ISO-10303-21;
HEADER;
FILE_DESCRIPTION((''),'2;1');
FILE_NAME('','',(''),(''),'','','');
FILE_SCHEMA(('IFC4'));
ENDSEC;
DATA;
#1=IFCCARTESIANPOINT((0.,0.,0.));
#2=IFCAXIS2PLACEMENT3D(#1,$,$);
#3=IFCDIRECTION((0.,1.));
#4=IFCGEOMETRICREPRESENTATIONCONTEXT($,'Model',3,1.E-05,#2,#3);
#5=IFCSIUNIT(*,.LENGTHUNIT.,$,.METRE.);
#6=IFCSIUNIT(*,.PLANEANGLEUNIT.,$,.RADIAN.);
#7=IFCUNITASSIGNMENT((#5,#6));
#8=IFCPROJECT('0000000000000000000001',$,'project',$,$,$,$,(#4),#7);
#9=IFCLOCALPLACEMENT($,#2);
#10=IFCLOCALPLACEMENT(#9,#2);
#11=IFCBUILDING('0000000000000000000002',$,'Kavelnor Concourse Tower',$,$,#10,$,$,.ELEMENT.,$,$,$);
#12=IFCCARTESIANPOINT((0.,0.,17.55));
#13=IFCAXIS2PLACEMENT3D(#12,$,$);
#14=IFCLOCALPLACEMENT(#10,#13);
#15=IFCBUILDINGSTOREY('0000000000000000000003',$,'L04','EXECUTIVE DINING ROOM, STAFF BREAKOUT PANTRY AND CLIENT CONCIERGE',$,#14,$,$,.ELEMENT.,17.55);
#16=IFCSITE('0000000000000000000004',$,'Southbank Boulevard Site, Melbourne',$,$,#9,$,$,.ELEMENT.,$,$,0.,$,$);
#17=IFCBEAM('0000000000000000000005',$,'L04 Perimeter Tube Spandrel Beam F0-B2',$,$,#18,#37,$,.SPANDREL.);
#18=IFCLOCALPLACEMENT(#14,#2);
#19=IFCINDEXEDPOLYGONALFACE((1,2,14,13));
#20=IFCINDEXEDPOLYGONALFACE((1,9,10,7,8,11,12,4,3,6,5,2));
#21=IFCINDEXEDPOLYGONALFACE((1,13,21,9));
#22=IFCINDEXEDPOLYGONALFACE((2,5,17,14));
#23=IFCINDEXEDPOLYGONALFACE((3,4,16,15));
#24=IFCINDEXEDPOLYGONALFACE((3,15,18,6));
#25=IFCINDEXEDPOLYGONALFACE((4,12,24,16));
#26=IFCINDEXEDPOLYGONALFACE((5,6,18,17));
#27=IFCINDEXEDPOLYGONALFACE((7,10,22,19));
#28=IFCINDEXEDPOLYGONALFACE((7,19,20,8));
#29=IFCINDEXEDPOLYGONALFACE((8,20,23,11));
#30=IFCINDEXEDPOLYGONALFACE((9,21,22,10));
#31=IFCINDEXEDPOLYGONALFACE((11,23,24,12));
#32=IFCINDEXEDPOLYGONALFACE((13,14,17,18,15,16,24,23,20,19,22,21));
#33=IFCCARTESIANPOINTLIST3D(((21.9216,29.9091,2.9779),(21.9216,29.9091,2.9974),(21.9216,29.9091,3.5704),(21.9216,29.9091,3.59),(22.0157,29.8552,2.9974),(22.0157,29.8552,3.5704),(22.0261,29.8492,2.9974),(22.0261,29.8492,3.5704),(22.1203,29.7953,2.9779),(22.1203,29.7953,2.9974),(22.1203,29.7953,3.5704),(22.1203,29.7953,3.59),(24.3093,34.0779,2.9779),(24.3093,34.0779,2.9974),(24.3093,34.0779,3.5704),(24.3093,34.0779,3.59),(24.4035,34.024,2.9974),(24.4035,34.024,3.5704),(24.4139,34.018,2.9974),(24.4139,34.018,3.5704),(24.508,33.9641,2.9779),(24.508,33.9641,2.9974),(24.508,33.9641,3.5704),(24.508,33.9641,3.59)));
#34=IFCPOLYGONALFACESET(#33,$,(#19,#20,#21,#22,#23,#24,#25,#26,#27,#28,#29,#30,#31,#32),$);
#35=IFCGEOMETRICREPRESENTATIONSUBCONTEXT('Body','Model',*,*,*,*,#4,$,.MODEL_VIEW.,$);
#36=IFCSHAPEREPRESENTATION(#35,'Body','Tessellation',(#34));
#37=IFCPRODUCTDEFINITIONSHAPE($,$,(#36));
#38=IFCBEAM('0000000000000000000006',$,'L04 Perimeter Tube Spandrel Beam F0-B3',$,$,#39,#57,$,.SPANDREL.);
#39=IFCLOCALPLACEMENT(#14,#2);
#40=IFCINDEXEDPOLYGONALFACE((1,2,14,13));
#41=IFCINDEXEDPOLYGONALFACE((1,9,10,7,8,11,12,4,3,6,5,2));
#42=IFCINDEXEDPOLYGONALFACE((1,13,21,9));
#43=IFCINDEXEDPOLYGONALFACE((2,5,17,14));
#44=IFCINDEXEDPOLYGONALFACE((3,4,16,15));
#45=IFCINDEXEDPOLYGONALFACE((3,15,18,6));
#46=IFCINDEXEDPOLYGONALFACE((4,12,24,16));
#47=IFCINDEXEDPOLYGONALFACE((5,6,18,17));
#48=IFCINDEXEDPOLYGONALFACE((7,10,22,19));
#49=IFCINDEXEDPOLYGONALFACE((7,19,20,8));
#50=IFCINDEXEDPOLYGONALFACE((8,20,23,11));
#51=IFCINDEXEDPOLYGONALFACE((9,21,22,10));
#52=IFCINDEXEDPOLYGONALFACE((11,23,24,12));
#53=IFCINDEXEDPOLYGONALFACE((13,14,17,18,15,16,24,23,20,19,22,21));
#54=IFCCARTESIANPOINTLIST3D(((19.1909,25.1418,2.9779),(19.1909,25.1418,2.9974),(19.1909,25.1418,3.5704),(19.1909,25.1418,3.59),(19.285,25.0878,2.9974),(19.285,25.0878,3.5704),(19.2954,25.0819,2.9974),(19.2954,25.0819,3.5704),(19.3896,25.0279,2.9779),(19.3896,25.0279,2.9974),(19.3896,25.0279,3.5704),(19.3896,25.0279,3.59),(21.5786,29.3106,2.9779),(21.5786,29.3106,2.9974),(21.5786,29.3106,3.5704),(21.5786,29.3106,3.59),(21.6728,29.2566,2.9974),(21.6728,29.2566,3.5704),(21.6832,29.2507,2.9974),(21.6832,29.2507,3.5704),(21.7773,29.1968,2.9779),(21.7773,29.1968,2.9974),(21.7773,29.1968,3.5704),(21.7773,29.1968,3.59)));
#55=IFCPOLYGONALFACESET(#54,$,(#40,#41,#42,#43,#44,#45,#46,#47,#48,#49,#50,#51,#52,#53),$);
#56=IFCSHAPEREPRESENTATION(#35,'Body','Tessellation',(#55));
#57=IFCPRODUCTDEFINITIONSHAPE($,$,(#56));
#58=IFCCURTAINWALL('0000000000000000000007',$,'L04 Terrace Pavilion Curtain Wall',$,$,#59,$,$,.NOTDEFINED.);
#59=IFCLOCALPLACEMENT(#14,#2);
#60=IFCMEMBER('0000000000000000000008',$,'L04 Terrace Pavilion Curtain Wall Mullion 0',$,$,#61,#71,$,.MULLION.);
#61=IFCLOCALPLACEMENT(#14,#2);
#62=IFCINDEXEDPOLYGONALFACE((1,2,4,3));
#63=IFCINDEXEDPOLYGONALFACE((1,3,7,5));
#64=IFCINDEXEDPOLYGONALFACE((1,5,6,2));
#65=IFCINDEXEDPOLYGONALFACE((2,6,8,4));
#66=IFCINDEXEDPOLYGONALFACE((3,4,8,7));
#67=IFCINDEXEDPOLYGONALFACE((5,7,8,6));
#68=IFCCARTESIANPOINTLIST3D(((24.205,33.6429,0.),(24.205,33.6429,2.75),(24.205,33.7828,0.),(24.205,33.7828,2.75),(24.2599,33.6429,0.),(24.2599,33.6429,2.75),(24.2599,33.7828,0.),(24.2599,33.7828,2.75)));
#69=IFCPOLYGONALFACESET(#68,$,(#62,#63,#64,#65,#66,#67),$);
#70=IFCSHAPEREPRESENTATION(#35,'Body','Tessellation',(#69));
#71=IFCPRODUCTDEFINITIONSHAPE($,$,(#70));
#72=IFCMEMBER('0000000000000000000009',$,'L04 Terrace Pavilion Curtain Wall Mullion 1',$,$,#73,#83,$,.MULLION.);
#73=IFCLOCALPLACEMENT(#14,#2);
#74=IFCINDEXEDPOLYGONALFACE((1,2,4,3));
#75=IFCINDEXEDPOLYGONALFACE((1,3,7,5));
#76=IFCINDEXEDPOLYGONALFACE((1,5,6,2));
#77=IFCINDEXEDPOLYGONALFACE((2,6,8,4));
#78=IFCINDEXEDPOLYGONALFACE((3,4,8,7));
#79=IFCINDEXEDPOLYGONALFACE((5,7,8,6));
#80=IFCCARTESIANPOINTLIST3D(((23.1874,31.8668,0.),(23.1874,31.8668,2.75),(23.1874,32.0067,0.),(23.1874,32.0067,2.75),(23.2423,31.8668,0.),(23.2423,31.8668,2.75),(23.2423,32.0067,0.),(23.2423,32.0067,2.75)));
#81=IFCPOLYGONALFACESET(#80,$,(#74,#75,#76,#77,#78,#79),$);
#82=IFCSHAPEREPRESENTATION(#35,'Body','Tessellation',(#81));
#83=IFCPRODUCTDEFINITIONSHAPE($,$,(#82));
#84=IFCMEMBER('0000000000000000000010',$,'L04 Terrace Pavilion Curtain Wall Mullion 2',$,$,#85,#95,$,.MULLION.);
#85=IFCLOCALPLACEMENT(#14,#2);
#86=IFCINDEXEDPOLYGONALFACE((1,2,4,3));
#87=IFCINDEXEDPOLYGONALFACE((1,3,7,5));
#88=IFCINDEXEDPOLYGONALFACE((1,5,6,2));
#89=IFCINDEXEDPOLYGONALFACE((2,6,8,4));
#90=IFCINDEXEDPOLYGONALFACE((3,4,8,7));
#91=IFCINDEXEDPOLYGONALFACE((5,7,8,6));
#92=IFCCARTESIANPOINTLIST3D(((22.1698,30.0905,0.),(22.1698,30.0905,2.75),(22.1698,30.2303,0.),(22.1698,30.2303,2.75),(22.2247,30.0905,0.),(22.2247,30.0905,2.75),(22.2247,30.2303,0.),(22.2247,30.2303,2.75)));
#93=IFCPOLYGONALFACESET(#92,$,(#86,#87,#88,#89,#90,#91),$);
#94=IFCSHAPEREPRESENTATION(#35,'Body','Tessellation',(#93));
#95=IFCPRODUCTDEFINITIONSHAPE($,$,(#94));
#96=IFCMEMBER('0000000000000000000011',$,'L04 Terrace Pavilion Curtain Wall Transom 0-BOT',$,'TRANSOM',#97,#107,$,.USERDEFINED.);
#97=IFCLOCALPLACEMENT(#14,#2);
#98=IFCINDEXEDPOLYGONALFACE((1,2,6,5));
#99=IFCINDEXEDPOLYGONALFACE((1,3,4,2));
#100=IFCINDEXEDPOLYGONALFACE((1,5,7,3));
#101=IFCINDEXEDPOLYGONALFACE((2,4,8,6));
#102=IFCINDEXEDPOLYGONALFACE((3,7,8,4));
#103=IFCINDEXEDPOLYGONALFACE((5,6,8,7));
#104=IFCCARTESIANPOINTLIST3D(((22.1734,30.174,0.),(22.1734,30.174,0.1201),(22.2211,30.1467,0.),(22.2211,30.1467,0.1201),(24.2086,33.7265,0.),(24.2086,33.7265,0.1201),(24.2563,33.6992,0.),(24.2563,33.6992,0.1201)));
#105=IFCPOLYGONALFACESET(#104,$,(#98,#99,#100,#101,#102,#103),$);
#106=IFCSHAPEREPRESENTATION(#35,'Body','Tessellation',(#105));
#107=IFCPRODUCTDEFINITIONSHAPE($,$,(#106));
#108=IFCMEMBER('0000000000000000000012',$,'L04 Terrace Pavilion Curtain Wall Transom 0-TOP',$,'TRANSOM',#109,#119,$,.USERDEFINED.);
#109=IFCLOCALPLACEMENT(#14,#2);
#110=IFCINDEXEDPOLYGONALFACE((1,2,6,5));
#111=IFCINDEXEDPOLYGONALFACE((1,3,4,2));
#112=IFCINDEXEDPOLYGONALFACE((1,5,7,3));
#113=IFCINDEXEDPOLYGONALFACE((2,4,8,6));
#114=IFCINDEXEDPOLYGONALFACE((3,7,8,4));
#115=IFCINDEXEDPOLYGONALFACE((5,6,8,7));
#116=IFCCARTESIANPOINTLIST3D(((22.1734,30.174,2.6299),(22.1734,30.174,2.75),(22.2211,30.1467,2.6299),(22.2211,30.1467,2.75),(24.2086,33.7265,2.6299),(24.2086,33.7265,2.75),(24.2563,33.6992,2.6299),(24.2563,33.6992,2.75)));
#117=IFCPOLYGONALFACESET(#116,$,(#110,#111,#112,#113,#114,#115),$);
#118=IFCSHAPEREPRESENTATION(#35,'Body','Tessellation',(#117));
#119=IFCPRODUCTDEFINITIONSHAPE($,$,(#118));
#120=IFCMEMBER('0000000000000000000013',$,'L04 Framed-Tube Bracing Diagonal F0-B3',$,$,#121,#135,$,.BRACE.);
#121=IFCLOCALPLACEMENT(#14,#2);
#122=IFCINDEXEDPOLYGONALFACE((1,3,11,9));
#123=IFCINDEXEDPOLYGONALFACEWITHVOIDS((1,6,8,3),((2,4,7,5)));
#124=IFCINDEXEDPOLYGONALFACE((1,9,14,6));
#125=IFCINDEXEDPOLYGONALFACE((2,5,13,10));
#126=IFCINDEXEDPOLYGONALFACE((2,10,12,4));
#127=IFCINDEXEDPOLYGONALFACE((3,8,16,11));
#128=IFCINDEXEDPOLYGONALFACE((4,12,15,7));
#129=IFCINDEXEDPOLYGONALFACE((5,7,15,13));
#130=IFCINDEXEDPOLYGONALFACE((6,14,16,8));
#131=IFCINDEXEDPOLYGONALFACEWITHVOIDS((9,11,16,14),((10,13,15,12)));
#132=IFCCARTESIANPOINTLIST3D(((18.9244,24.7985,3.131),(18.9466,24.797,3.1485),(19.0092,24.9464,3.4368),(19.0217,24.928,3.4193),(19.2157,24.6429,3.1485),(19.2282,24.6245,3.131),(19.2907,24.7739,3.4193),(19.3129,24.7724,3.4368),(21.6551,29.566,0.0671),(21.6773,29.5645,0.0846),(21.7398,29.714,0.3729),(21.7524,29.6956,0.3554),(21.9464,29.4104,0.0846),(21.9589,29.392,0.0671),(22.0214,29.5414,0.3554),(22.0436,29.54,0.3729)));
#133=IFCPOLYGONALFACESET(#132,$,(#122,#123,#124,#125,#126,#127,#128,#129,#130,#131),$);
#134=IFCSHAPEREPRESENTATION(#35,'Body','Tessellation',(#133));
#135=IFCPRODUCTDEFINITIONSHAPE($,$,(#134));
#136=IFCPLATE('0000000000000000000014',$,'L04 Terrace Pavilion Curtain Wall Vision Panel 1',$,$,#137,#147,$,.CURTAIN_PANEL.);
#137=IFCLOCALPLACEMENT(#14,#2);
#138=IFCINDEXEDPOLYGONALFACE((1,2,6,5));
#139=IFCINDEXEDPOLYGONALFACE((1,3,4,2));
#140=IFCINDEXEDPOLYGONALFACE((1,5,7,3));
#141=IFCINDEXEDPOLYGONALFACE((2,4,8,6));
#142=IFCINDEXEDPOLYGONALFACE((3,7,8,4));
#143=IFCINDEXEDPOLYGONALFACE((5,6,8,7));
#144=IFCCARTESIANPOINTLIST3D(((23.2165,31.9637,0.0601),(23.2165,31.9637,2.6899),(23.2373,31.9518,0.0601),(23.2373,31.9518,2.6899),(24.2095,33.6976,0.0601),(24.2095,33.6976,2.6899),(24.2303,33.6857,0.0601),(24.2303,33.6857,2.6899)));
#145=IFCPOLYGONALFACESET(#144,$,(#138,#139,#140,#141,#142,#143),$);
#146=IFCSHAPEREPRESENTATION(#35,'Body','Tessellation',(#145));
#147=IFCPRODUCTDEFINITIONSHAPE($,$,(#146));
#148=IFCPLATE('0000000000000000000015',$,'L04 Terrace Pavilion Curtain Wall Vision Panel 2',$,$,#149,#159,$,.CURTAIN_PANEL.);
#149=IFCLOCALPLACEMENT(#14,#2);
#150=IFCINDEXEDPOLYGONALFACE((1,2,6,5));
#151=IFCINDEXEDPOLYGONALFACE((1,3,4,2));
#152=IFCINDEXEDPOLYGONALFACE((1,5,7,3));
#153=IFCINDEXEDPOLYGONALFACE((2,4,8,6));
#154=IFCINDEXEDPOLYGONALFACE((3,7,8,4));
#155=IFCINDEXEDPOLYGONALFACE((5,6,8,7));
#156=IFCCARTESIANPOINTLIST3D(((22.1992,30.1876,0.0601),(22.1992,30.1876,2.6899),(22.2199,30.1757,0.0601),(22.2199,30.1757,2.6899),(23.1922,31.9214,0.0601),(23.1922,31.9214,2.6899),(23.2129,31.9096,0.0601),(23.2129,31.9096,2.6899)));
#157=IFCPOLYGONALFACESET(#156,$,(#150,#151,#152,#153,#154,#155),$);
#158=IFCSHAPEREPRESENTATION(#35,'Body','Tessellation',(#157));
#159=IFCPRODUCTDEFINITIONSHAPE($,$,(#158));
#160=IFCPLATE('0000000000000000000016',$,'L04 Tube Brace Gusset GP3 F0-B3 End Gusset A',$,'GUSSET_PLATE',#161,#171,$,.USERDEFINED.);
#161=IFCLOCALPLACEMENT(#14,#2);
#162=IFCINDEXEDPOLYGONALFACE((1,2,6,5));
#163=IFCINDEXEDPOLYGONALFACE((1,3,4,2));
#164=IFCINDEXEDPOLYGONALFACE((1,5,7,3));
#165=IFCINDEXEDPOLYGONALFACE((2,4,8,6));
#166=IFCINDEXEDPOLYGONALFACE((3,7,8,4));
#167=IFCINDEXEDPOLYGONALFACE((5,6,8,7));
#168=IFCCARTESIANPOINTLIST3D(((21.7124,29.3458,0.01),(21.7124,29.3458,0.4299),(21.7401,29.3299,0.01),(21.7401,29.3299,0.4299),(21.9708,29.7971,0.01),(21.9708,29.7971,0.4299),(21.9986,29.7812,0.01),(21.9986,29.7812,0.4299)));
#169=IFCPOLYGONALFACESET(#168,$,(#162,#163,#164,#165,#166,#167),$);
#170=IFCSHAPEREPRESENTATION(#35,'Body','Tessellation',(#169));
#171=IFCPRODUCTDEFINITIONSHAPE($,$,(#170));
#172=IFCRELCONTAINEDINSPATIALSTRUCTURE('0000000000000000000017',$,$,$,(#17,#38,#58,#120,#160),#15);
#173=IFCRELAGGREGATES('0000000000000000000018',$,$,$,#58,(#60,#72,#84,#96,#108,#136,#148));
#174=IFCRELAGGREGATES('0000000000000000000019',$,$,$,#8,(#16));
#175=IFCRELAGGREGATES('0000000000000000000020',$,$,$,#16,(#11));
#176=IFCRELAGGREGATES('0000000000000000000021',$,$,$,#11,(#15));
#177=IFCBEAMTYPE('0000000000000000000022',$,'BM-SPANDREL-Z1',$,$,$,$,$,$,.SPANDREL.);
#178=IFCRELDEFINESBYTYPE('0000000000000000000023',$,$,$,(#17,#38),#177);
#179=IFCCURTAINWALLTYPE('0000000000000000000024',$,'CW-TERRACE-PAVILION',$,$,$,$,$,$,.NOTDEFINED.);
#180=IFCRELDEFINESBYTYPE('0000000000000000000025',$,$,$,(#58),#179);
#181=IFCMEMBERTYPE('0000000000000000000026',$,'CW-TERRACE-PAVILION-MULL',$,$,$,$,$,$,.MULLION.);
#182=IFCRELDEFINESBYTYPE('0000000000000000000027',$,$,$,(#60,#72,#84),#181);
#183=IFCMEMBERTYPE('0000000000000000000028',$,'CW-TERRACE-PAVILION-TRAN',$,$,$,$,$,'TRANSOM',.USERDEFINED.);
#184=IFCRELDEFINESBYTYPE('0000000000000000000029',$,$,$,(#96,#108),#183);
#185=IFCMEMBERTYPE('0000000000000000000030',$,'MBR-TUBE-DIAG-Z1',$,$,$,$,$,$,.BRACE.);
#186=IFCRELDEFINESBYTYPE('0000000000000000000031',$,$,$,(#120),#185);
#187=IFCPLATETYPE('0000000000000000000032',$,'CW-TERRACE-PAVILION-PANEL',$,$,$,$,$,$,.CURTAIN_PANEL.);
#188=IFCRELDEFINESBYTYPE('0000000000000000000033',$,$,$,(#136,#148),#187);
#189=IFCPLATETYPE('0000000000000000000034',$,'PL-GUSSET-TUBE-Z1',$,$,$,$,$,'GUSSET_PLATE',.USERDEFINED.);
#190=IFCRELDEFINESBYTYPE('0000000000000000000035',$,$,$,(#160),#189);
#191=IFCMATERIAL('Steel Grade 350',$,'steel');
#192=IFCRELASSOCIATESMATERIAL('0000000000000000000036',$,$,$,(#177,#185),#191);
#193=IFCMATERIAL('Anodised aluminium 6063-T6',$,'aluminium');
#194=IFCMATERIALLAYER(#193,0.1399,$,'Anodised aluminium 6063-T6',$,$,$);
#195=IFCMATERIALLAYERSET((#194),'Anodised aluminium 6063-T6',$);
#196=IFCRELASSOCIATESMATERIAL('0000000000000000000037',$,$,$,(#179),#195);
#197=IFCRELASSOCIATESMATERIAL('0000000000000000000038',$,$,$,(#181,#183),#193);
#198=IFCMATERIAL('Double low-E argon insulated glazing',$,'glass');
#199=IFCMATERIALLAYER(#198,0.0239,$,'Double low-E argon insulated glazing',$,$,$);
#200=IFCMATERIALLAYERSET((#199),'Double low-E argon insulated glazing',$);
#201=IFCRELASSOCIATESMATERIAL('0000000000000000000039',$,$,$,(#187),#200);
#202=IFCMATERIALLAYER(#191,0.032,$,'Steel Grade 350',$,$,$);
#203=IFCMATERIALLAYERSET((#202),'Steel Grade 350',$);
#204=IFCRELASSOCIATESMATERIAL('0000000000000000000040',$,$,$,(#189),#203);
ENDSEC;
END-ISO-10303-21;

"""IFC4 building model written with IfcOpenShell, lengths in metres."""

from ifc_helpers import new_model, si_unit, direction, frame, origin, origin_2d, place, context, subcontext, project, spatial, rectangle, hollow_rectangle, i_section, extrude, material, layer, layer_set, material_profile, profile_set, type_object, element, aggregate, save


model = new_model("IFC4")

# Units and contexts
model_context = context("Model", 3, precision=1e-05, world=origin(), true_north=direction((0.0, 1.0)))
body_context = subcontext(model_context, "Body", "Model", "MODEL_VIEW")
ifc_project = project(units=[si_unit("LENGTHUNIT", "METRE"), si_unit("PLANEANGLEUNIT", "RADIAN")], contexts=[model_context])

# Site, building, storey
site_placement = place(None, origin())
site = spatial("IfcSite", under=ifc_project, at=site_placement, Name="Southbank Boulevard Site, Melbourne", CompositionType="ELEMENT", RefElevation=0.0)
building_placement = place(site_placement, origin())
building = spatial("IfcBuilding", under=site, at=building_placement, Name="Kavelnor Concourse Tower", CompositionType="ELEMENT")
storey_placement = place(building_placement, frame((0.0, 0.0, 17.55)))
storey = spatial("IfcBuildingStorey", under=building, at=storey_placement, Name="L04", Description="EXECUTIVE DINING ROOM, STAFF BREAKOUT PANTRY AND CLIENT CONCIERGE", CompositionType="ELEMENT", Elevation=17.55)

# Shared definitions
ifc_material_1 = material(Name="Steel Grade 350", Category="steel")

# Beams
ifc_material_profile_1 = material_profile(ifc_material_1, i_section(OverallWidth=0.229, OverallDepth=0.6121, WebThickness=0.012, FlangeThickness=0.0195, at=origin_2d()), Name="610UB125")
ifc_profile_set_1 = profile_set([ifc_material_profile_1], Name="Steel Grade 350")
beam_type_1 = type_object("IfcBeamType", Name="BM-SPANDREL-Z1", PredefinedType="SPANDREL", material=ifc_profile_set_1)
for number, where, z_axis, x_axis, name in (
    (1, (24.4087, 34.021, 3.2839), (-0.497014, -0.867742, 0.0), (0.867742, -0.497014, 0.0), "L04 Perimeter Tube Spandrel Beam F0-B2"),
    (2, (21.678, 29.2537, 3.2839), (-0.497014, -0.867742, 0.0), (0.867742, -0.497014, 0.0), "L04 Perimeter Tube Spandrel Beam F0-B3"),
):
    element("IfcBeam", number, at=place(storey_placement, frame(where, z_axis=z_axis, x_axis=x_axis)), inside=storey, type_object=beam_type_1, Name=name, PredefinedType="SPANDREL", context=body_context, shape_type="SweptSolid", body=[
        extrude(i_section(OverallWidth=0.229, OverallDepth=0.6121, WebThickness=0.012, FlangeThickness=0.0195, at=origin_2d()), origin(), (0.0, 0.0, 1.0), 4.8042),
    ])

# Curtain wall, members
ifc_material_2 = material(Name="Anodised aluminium 6063-T6", Category="aluminium")
ifc_layer_1 = layer(ifc_material_2, 0.1399, Name="Anodised aluminium 6063-T6")
ifc_layer_set_1 = layer_set([ifc_layer_1], Name="Anodised aluminium 6063-T6")
curtain_wall_type = type_object("IfcCurtainWallType", Name="CW-TERRACE-PAVILION", PredefinedType="NOTDEFINED", material=ifc_layer_set_1)
curtain_wall_placement = place(storey_placement, origin())
curtain_wall = element("IfcCurtainWall", 3, at=curtain_wall_placement, inside=storey, type_object=curtain_wall_type, Name="L04 Terrace Pavilion Curtain Wall", PredefinedType="NOTDEFINED")
ifc_material_profile_2 = material_profile(ifc_material_2, rectangle(XDim=0.0549, YDim=0.1399, at=origin_2d()), Name="AL-MULL 55x140")
ifc_profile_set_2 = profile_set([ifc_material_profile_2], Name="Anodised aluminium 6063-T6")
member_type_1 = type_object("IfcMemberType", Name="CW-TERRACE-PAVILION-MULL", PredefinedType="MULLION", material=ifc_profile_set_2)
member_1_placement = place(storey_placement, frame((24.2324, 33.7129, 0.0), z_axis=(0.0, 0.0, 1.0), x_axis=(1.0, 0.0, 0.0)))
member_1 = element("IfcMember", 4, at=member_1_placement, type_object=member_type_1, Name="L04 Terrace Pavilion Curtain Wall Mullion 0", PredefinedType="MULLION", context=body_context, shape_type="SweptSolid", body=[
    extrude(rectangle(XDim=0.0549, YDim=0.1399, at=origin_2d()), origin(), (0.0, 0.0, 1.0), 2.75),
])
member_2_placement = place(storey_placement, frame((23.2148, 31.9368, 0.0), z_axis=(0.0, 0.0, 1.0), x_axis=(1.0, 0.0, 0.0)))
member_2 = element("IfcMember", 5, at=member_2_placement, type_object=member_type_1, Name="L04 Terrace Pavilion Curtain Wall Mullion 1", PredefinedType="MULLION", context=body_context, shape_type="SweptSolid", body=[
    extrude(rectangle(XDim=0.0549, YDim=0.1399, at=origin_2d()), origin(), (0.0, 0.0, 1.0), 2.75),
])
member_3_placement = place(storey_placement, frame((22.1973, 30.1604, 0.0), z_axis=(0.0, 0.0, 1.0), x_axis=(1.0, 0.0, 0.0)))
member_3 = element("IfcMember", 6, at=member_3_placement, type_object=member_type_1, Name="L04 Terrace Pavilion Curtain Wall Mullion 2", PredefinedType="MULLION", context=body_context, shape_type="SweptSolid", body=[
    extrude(rectangle(XDim=0.0549, YDim=0.1399, at=origin_2d()), origin(), (0.0, 0.0, 1.0), 2.75),
])
ifc_material_profile_3 = material_profile(ifc_material_2, rectangle(XDim=0.0549, YDim=0.1201, at=origin_2d()), Name="AL-TRAN 55x120")
ifc_profile_set_3 = profile_set([ifc_material_profile_3], Name="Anodised aluminium 6063-T6")
member_type_2 = type_object("IfcMemberType", Name="CW-TERRACE-PAVILION-TRAN", ElementType="TRANSOM", PredefinedType="USERDEFINED", material=ifc_profile_set_3)
member_4_placement = place(storey_placement, frame((24.2324, 33.7129, 0.0601), z_axis=(-0.497089, -0.8677, 0.0), x_axis=(0.8677, -0.497089, 0.0)))
member_4 = element("IfcMember", 7, at=member_4_placement, type_object=member_type_2, Name="L04 Terrace Pavilion Curtain Wall Transom 0-BOT", ObjectType="TRANSOM", PredefinedType="USERDEFINED", context=body_context, shape_type="SweptSolid", body=[
    extrude(rectangle(XDim=0.0549, YDim=0.1201, at=origin_2d()), origin(), (0.0, 0.0, 1.0), 4.0942),
])
member_5_placement = place(storey_placement, frame((24.2324, 33.7129, 2.6899), z_axis=(-0.497089, -0.8677, 0.0), x_axis=(0.8677, -0.497089, 0.0)))
member_5 = element("IfcMember", 8, at=member_5_placement, type_object=member_type_2, Name="L04 Terrace Pavilion Curtain Wall Transom 0-TOP", ObjectType="TRANSOM", PredefinedType="USERDEFINED", context=body_context, shape_type="SweptSolid", body=[
    extrude(rectangle(XDim=0.0549, YDim=0.1201, at=origin_2d()), origin(), (0.0, 0.0, 1.0), 4.0942),
])

# Member
ifc_material_profile_4 = material_profile(ifc_material_1, hollow_rectangle(XDim=0.3501, YDim=0.3501, WallThickness=0.02, at=origin_2d()), Name="SHS 350x350x20")
ifc_profile_set_4 = profile_set([ifc_material_profile_4], Name="Steel Grade 350")
member_type_3 = type_object("IfcMemberType", Name="MBR-TUBE-DIAG-Z1", PredefinedType="BRACE", material=ifc_profile_set_4)
member_6_placement = place(storey_placement, frame((21.8494, 29.553, 0.22), z_axis=(-0.434079, -0.757862, 0.487053), x_axis=(0.867742, -0.497014, 0.0)))
element("IfcMember", 9, at=member_6_placement, inside=storey, type_object=member_type_3, Name="L04 Framed-Tube Bracing Diagonal F0-B3", PredefinedType="BRACE", context=body_context, shape_type="SweptSolid", body=[
    extrude(hollow_rectangle(XDim=0.3501, YDim=0.3501, WallThickness=0.02, at=origin_2d()), origin(), (0.0, 0.0, 1.0), 6.2908),
])

# Plates
ifc_material_3 = material(Name="Double low-E argon insulated glazing", Category="glass")
ifc_layer_2 = layer(ifc_material_3, 0.0239, Name="Double low-E argon insulated glazing")
ifc_layer_set_2 = layer_set([ifc_layer_2], Name="Double low-E argon insulated glazing")
plate_type_1 = type_object("IfcPlateType", Name="CW-TERRACE-PAVILION-PANEL", PredefinedType="CURTAIN_PANEL", material=ifc_layer_set_2)
plate_1_placement = place(storey_placement, frame((23.7234, 32.8247, 0.0601), z_axis=(0.0, 0.0, 1.0), x_axis=(-0.496974, -0.867765, 0.0)))
plate_1 = element("IfcPlate", 10, at=plate_1_placement, type_object=plate_type_1, Name="L04 Terrace Pavilion Curtain Wall Vision Panel 1", PredefinedType="CURTAIN_PANEL", context=body_context, shape_type="SweptSolid", body=[
    extrude(rectangle(XDim=1.998, YDim=0.0239, at=origin_2d()), origin(), (0.0, 0.0, 1.0), 2.6299),
])
plate_2_placement = place(storey_placement, frame((22.7061, 31.0486, 0.0601), z_axis=(0.0, 0.0, 1.0), x_axis=(-0.496974, -0.867765, 0.0)))
plate_2 = element("IfcPlate", 11, at=plate_2_placement, type_object=plate_type_1, Name="L04 Terrace Pavilion Curtain Wall Vision Panel 2", PredefinedType="CURTAIN_PANEL", context=body_context, shape_type="SweptSolid", body=[
    extrude(rectangle(XDim=1.998, YDim=0.0239, at=origin_2d()), origin(), (0.0, 0.0, 1.0), 2.6299),
])
aggregate(curtain_wall, [member_1, member_2, member_3, member_4, member_5, plate_1, plate_2])
ifc_layer_3 = layer(ifc_material_1, 0.032, Name="Steel Grade 350")
ifc_layer_set_3 = layer_set([ifc_layer_3], Name="Steel Grade 350")
plate_type_2 = type_object("IfcPlateType", Name="PL-GUSSET-TUBE-Z1", ElementType="GUSSET_PLATE", PredefinedType="USERDEFINED", material=ifc_layer_set_3)
plate_3_placement = place(storey_placement, frame((21.8555, 29.5635, 0.01), z_axis=(0.0, 0.0, 1.0), x_axis=(-0.496974, -0.867765, 0.0)))
element("IfcPlate", 12, at=plate_3_placement, inside=storey, type_object=plate_type_2, Name="L04 Tube Brace Gusset GP3 F0-B3 End Gusset A", ObjectType="GUSSET_PLATE", PredefinedType="USERDEFINED", context=body_context, shape_type="SweptSolid", body=[
    extrude(rectangle(XDim=0.52, YDim=0.032, at=origin_2d()), origin(), (0.0, 0.0, 1.0), 0.4199),
])

save(model, "model.ifc")
